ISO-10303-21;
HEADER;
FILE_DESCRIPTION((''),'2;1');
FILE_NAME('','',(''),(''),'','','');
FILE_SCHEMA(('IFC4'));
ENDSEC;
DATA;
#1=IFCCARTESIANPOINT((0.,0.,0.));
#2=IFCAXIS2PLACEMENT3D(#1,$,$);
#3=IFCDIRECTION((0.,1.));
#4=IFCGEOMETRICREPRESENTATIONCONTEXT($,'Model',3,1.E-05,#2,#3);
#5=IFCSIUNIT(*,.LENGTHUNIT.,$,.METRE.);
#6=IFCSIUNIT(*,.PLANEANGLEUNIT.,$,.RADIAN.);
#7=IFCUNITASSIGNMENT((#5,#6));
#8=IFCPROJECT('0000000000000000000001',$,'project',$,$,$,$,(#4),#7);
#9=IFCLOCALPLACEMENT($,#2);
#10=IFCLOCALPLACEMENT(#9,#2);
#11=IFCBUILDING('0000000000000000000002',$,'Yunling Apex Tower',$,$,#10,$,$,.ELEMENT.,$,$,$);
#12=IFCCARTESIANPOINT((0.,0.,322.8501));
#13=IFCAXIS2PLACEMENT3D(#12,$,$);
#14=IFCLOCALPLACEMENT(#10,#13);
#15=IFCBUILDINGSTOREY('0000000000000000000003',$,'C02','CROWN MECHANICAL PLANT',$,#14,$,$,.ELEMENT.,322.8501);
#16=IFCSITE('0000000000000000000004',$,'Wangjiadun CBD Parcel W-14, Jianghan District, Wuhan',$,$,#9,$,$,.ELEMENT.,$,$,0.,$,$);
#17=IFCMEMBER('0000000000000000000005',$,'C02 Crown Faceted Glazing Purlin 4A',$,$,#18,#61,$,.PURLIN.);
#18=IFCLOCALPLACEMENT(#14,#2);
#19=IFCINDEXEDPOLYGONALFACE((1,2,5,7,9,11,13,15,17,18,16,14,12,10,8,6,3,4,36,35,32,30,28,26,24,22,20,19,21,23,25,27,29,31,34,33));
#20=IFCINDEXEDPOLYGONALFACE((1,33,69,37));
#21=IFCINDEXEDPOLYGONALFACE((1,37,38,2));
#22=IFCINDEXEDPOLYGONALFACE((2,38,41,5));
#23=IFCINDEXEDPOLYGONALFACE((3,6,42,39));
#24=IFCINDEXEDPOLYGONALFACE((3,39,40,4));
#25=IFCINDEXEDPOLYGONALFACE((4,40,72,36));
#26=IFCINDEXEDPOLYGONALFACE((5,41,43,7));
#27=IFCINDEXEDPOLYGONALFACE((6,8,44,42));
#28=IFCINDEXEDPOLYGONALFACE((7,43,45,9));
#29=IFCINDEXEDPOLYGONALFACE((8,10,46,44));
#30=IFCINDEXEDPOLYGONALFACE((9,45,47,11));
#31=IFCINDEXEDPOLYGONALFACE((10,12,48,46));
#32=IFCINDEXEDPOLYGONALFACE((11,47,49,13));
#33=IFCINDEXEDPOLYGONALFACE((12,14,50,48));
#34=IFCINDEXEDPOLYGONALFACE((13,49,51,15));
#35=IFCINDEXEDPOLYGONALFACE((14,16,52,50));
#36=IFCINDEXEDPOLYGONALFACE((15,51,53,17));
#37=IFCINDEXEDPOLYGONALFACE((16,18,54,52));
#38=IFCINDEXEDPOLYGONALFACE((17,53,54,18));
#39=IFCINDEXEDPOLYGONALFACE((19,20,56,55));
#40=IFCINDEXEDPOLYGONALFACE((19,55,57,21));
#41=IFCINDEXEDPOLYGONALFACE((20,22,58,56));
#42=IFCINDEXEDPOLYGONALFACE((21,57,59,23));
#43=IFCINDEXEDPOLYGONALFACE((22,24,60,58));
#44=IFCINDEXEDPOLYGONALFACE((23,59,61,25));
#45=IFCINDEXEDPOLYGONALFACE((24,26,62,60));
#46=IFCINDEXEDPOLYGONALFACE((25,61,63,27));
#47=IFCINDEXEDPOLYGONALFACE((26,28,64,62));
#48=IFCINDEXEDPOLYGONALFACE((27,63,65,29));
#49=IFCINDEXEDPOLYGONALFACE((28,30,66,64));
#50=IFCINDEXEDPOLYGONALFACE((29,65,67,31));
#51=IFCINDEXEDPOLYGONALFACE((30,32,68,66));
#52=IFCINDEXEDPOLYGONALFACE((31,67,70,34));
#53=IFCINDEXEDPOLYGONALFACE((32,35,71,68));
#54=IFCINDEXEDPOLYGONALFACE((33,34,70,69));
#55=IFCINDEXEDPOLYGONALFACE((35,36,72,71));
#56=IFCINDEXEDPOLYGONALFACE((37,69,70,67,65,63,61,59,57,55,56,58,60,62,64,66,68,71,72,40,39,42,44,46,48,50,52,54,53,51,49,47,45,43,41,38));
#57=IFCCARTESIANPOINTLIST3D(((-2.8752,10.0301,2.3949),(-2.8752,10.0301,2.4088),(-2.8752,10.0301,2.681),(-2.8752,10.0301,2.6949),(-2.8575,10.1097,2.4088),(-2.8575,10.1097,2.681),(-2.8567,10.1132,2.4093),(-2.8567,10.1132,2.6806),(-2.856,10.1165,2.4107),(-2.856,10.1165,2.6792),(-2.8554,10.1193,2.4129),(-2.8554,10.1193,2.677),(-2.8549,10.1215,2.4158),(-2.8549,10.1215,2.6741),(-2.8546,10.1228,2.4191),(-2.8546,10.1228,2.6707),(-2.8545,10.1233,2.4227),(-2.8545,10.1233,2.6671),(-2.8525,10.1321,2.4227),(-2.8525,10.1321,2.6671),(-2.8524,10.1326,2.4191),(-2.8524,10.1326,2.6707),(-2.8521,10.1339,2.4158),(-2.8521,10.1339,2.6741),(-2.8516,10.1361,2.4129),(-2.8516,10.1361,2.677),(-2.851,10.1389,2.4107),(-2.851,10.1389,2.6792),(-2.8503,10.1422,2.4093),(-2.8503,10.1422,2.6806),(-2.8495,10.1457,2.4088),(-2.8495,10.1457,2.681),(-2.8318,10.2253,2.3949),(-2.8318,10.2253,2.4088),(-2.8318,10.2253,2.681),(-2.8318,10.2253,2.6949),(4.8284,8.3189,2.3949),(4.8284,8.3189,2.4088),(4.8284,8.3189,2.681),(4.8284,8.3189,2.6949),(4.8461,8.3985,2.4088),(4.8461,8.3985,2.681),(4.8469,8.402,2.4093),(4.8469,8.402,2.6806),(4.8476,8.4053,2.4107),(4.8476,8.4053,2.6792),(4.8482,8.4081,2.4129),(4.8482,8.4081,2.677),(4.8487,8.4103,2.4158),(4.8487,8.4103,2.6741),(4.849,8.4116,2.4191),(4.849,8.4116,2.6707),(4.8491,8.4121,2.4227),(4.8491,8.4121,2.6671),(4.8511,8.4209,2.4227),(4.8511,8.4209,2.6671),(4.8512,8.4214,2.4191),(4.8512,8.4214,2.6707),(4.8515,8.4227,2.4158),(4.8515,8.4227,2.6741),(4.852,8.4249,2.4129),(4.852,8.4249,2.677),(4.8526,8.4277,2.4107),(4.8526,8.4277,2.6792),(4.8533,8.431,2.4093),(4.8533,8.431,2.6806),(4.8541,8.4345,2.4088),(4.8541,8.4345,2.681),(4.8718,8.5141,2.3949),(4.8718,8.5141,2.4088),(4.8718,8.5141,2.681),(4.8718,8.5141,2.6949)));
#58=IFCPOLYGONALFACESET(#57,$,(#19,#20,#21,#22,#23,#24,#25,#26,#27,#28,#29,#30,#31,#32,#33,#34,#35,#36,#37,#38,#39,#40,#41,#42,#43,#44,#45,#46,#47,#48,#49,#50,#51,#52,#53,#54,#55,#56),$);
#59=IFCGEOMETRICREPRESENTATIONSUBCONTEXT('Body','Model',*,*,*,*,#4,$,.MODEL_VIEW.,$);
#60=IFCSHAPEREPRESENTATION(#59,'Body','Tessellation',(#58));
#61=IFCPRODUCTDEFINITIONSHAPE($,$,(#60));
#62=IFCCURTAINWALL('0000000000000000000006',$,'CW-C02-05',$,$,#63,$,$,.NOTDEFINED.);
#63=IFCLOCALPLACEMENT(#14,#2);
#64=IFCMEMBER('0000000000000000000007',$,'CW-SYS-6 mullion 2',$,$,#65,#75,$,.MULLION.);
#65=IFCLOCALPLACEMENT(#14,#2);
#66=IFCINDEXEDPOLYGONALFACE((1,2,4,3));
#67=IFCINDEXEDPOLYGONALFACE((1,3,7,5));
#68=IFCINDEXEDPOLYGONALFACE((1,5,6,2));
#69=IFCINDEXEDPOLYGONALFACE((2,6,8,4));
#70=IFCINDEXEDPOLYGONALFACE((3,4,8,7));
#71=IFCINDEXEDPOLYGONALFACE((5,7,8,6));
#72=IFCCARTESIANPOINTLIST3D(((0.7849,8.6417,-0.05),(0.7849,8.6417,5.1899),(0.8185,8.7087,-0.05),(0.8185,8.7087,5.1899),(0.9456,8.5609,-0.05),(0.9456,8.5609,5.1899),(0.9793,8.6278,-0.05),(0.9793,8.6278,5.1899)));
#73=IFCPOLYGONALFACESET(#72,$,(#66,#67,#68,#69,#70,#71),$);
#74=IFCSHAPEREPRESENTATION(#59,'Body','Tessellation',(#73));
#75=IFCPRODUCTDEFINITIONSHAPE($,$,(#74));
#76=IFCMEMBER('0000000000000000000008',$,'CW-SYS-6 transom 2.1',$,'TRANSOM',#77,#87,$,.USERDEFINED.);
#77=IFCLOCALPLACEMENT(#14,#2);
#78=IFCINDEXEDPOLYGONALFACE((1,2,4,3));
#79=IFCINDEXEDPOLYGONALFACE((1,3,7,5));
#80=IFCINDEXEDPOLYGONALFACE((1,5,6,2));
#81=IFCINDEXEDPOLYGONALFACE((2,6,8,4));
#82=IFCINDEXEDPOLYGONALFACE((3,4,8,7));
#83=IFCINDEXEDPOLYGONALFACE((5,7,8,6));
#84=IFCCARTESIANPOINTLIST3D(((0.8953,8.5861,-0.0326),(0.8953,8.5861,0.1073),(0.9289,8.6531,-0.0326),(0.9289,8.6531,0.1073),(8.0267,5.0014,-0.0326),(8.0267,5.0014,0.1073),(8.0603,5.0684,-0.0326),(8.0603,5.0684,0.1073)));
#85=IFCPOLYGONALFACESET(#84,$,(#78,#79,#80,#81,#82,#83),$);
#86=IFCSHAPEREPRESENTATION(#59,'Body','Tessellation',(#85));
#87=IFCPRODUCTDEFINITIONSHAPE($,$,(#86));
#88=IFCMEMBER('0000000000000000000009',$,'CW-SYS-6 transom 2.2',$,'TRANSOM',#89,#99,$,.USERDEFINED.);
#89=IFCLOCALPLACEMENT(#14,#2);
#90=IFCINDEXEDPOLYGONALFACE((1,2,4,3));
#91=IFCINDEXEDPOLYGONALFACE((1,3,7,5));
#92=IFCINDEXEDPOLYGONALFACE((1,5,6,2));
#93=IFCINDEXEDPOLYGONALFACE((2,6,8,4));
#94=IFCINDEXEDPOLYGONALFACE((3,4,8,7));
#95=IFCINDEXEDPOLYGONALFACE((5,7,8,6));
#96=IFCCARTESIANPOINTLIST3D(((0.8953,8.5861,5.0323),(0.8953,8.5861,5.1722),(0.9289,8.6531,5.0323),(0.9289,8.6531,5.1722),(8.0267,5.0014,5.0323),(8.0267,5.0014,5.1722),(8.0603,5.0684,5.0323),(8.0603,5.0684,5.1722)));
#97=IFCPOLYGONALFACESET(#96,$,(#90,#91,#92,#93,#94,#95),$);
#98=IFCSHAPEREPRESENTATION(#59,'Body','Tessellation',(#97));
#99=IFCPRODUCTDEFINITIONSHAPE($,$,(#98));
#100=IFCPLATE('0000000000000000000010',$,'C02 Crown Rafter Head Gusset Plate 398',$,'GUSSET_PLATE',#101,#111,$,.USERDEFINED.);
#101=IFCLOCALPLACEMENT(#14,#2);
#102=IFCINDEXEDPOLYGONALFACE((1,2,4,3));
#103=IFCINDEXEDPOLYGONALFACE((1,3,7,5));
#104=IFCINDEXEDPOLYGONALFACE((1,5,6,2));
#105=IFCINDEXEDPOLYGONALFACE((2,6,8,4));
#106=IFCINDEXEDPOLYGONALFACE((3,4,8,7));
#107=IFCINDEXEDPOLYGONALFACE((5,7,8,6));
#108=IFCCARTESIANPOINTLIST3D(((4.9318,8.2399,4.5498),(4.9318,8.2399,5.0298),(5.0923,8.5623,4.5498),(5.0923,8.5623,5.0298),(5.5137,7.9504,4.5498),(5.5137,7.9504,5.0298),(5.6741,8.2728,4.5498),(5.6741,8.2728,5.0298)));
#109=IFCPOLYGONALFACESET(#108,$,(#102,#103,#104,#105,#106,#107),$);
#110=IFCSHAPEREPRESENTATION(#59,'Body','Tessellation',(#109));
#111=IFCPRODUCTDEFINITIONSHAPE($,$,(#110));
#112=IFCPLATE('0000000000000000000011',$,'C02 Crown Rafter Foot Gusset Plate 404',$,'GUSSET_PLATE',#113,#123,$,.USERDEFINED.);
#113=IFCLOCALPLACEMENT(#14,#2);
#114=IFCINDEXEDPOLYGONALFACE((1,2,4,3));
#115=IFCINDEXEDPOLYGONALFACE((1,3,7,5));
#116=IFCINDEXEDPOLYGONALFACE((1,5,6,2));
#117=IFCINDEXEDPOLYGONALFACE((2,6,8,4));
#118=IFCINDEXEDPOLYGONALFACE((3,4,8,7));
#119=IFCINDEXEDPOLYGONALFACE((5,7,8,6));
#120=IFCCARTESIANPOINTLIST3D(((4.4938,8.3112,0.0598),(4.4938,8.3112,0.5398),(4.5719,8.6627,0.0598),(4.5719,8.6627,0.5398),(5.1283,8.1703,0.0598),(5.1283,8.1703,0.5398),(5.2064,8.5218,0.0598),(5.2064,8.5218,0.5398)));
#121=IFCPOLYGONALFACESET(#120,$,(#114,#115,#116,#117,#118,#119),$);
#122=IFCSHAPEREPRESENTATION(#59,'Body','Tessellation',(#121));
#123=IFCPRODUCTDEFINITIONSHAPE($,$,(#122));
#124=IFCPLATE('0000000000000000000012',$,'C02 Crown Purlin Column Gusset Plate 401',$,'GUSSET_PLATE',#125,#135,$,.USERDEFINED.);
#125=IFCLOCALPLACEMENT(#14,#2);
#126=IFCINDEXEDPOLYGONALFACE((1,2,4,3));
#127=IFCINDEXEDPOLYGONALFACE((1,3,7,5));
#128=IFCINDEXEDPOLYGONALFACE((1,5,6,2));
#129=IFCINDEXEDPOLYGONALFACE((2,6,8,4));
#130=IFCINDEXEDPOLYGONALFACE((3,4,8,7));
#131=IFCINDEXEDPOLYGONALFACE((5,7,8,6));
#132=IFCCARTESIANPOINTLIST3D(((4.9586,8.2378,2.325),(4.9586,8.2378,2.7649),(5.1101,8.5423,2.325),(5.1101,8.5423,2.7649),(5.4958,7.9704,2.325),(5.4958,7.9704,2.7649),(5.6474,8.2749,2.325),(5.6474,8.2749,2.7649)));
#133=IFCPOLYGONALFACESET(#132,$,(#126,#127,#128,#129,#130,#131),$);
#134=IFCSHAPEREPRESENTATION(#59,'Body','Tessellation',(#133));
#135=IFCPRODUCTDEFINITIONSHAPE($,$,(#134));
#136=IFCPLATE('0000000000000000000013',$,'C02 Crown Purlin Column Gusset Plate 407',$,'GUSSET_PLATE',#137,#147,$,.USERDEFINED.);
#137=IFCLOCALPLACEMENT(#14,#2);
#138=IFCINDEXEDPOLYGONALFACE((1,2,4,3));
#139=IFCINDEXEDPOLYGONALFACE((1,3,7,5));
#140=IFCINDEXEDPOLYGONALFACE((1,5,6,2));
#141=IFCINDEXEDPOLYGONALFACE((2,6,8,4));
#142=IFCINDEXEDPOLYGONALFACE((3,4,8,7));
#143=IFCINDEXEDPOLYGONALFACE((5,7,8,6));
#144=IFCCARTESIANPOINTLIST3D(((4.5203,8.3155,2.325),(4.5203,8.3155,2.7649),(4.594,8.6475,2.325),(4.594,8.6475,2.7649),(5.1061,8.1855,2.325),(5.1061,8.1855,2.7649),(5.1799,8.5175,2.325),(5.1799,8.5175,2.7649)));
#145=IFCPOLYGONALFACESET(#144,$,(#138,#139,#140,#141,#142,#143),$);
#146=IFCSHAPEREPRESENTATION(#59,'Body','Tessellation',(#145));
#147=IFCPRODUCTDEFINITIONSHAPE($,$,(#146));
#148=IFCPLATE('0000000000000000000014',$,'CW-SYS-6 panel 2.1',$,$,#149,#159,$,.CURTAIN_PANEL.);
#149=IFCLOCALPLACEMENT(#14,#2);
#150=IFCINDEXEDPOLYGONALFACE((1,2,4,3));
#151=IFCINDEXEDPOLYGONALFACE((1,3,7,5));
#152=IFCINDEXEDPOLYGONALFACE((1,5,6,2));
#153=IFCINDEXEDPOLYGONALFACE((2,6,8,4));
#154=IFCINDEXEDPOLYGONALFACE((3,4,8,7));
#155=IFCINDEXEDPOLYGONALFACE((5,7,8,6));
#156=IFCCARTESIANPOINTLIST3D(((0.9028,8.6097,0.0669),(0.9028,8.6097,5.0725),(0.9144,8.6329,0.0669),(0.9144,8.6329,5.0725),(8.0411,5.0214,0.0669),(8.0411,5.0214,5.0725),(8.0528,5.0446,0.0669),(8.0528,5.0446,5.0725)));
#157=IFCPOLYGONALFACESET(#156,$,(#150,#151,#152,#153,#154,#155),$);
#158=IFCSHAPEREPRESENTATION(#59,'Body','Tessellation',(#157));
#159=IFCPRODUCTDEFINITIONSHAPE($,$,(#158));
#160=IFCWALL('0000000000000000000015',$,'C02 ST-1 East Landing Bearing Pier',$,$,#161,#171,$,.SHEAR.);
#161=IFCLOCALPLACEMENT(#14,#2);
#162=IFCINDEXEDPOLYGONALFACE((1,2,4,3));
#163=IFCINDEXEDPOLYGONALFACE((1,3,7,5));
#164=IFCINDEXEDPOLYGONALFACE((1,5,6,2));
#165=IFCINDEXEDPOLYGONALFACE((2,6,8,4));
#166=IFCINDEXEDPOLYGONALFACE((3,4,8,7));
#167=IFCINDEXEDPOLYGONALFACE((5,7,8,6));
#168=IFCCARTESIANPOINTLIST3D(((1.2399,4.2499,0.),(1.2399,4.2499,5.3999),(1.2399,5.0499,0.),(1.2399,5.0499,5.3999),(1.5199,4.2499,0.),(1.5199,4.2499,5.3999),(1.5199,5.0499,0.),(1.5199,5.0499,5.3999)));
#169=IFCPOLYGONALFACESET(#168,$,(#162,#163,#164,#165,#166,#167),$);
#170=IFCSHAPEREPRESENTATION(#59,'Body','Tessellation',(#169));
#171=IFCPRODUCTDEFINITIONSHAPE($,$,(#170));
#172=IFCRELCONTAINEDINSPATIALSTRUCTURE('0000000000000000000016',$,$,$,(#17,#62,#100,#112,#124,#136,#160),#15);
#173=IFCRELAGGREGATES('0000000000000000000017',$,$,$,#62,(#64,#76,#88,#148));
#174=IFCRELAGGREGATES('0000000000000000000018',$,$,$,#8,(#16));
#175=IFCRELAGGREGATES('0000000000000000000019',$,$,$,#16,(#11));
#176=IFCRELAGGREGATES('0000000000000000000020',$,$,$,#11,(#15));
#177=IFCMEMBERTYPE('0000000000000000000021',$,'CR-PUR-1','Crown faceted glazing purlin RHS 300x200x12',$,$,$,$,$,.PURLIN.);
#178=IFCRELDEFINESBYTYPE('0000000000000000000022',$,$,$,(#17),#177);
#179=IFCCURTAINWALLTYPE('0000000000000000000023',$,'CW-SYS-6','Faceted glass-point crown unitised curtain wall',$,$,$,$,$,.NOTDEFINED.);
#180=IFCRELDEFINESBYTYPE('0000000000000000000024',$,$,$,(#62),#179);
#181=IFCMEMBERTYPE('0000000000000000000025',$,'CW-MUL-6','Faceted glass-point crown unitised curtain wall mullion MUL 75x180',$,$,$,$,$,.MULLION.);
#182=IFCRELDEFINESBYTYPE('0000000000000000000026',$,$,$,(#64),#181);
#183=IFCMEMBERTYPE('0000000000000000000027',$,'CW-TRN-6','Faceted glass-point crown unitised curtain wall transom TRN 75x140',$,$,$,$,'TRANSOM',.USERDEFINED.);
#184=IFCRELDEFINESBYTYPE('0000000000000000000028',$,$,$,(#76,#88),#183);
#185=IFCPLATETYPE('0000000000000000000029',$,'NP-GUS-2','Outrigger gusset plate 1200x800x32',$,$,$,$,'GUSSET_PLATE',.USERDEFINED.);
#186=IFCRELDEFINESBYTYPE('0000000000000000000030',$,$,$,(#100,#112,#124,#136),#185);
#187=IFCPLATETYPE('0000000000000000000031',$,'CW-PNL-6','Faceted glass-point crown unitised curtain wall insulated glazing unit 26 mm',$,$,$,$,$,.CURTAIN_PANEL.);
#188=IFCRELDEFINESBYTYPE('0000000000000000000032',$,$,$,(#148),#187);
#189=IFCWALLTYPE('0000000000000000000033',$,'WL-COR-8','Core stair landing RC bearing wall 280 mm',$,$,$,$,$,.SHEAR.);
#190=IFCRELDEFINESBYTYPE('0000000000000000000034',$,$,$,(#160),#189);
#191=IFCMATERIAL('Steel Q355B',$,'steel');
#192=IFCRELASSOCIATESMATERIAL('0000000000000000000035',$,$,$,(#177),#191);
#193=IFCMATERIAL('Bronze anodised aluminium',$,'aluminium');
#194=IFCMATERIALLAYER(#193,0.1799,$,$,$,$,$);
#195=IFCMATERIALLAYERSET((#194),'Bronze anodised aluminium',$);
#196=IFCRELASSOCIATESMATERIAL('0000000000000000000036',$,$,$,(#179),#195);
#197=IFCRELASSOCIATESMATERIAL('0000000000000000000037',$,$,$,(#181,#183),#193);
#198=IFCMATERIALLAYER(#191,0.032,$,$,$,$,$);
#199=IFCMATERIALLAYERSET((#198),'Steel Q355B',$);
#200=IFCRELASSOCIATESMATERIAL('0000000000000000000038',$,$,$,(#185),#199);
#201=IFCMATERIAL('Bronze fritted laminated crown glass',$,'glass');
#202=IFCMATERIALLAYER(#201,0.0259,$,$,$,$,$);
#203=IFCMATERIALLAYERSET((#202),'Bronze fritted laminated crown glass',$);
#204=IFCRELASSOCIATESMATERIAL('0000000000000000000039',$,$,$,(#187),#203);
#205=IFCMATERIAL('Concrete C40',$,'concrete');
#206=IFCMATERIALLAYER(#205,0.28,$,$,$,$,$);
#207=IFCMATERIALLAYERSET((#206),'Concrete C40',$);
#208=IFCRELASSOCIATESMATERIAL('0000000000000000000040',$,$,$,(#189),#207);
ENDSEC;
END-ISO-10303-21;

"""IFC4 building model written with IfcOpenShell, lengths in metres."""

from ifc_helpers import new_model, si_unit, direction, frame, frame_2d, origin, origin_2d, place, context, subcontext, project, spatial, rectangle, i_section, extrude, source, transform, mapped, material, layer, layer_set, material_profile, profile_set, type_object, element, aggregate, save


model = new_model("IFC4")

# Units and contexts
model_context = context("Model", 3, precision=1e-05, world=origin(), true_north=direction((0.0, 1.0)))
body_context = subcontext(model_context, "Body", "Model", "MODEL_VIEW")
ifc_project = project(units=[si_unit("LENGTHUNIT", "METRE"), si_unit("PLANEANGLEUNIT", "RADIAN")], contexts=[model_context])

# Site, building, storey
site_placement = place(None, origin())
site = spatial("IfcSite", under=ifc_project, at=site_placement, Name="Wangjiadun CBD Parcel W-14, Jianghan District, Wuhan", CompositionType="ELEMENT", RefElevation=0.0)
building_placement = place(site_placement, origin())
building = spatial("IfcBuilding", under=site, at=building_placement, Name="Yunling Apex Tower", CompositionType="ELEMENT")
storey_placement = place(building_placement, frame((0.0, 0.0, 322.8501)))
storey = spatial("IfcBuildingStorey", under=building, at=storey_placement, Name="C02", Description="CROWN MECHANICAL PLANT", CompositionType="ELEMENT", Elevation=322.8501)

# Shared definitions
ifc_material_1 = material(Name="Steel Q355B", Category="steel")

# Member
ifc_material_profile_1 = material_profile(ifc_material_1, i_section(OverallWidth=0.2, OverallDepth=0.3, WebThickness=0.009, FlangeThickness=0.0139, FilletRadius=0.0139, at=origin_2d()))
ifc_profile_set_1 = profile_set([ifc_material_profile_1], Name="Steel Q355B")
member_type_1 = type_object("IfcMemberType", Name="CR-PUR-1", Description="Crown faceted glazing purlin RHS 300x200x12", PredefinedType="PURLIN", material=ifc_profile_set_1)
shared_shape_1 = source(origin(), body_context, "Body", "SweptSolid", [
    extrude(i_section(OverallWidth=0.2, OverallDepth=0.3, WebThickness=0.009, FlangeThickness=0.0139, FilletRadius=0.0139, at=origin_2d()), origin(), (0.0, 0.0, 1.0), 7.8914),
])
member_1_placement = place(storey_placement, frame((4.8501, 8.4165, 2.5449), z_axis=(-0.976207, 0.216842, 0.0), x_axis=(-0.216842, -0.976207, 0.0)))
element("IfcMember", 1, at=member_1_placement, inside=storey, type_object=member_type_1, Name="C02 Crown Faceted Glazing Purlin 4A", PredefinedType="PURLIN", context=body_context, shape_type="MappedRepresentation", body=[
    mapped(shared_shape_1, transform((0.0, 0.0, 0.0), scale=1.0)),
])

# Curtain wall, members
ifc_material_2 = material(Name="Bronze anodised aluminium", Category="aluminium")
ifc_layer_1 = layer(ifc_material_2, 0.1799)
ifc_layer_set_1 = layer_set([ifc_layer_1], Name="Bronze anodised aluminium")
curtain_wall_type = type_object("IfcCurtainWallType", Name="CW-SYS-6", Description="Faceted glass-point crown unitised curtain wall", PredefinedType="NOTDEFINED", material=ifc_layer_set_1)
curtain_wall_placement = place(storey_placement, origin())
curtain_wall = element("IfcCurtainWall", 2, at=curtain_wall_placement, inside=storey, type_object=curtain_wall_type, Name="CW-C02-05", PredefinedType="NOTDEFINED")
ifc_material_profile_2 = material_profile(ifc_material_2, rectangle(XDim=0.075, YDim=0.1799, at=origin_2d()))
ifc_profile_set_2 = profile_set([ifc_material_profile_2], Name="Bronze anodised aluminium")
member_type_2 = type_object("IfcMemberType", Name="CW-MUL-6", Description="Faceted glass-point crown unitised curtain wall mullion MUL 75x180", PredefinedType="MULLION", material=ifc_profile_set_2)
shared_shape_2 = source(origin(), body_context, "Body", "SweptSolid", [
    extrude(rectangle(XDim=0.075, YDim=0.1799, at=origin_2d()), origin(), (0.0, 0.0, 1.0), 5.24),
])
member_2_placement = place(storey_placement, frame((0.8821, 8.6348, -0.05), z_axis=(0.0, 0.0, 1.0), x_axis=(0.449129, 0.893467, 0.0)))
member_2 = element("IfcMember", 3, at=member_2_placement, type_object=member_type_2, Name="CW-SYS-6 mullion 2", PredefinedType="MULLION", context=body_context, shape_type="MappedRepresentation", body=[
    mapped(shared_shape_2, transform((0.0, 0.0, 0.0), scale=1.0)),
])
ifc_material_profile_3 = material_profile(ifc_material_2, rectangle(XDim=0.075, YDim=0.1399, at=origin_2d()))
ifc_profile_set_3 = profile_set([ifc_material_profile_3], Name="Bronze anodised aluminium")
member_type_3 = type_object("IfcMemberType", Name="CW-TRN-6", Description="Faceted glass-point crown unitised curtain wall transom TRN 75x140", ElementType="TRANSOM", PredefinedType="USERDEFINED", material=ifc_profile_set_3)
shared_shape_3 = source(origin(), body_context, "Body", "SweptSolid", [
    extrude(rectangle(XDim=0.075, YDim=0.1399, at=origin_2d()), origin(), (0.0, 0.0, 1.0), 7.9817),
])
member_3_placement = place(storey_placement, frame((0.9121, 8.6196, 0.0374), z_axis=(0.893471, -0.449121, 0.0), x_axis=(0.449121, 0.893471, 0.0)))
member_3 = element("IfcMember", 4, at=member_3_placement, type_object=member_type_3, Name="CW-SYS-6 transom 2.1", ObjectType="TRANSOM", PredefinedType="USERDEFINED", context=body_context, shape_type="MappedRepresentation", body=[
    mapped(shared_shape_3, transform((0.0, 0.0, 0.0), scale=1.0)),
])
member_4_placement = place(storey_placement, frame((0.9121, 8.6196, 5.1023), z_axis=(0.893471, -0.449121, 0.0), x_axis=(0.449121, 0.893471, 0.0)))
member_4 = element("IfcMember", 5, at=member_4_placement, type_object=member_type_3, Name="CW-SYS-6 transom 2.2", ObjectType="TRANSOM", PredefinedType="USERDEFINED", context=body_context, shape_type="MappedRepresentation", body=[
    mapped(shared_shape_3, transform((0.0, 0.0, 0.0), scale=1.0)),
])

# Plates
ifc_layer_2 = layer(ifc_material_1, 0.032)
ifc_layer_set_2 = layer_set([ifc_layer_2], Name="Steel Q355B")
plate_type_1 = type_object("IfcPlateType", Name="NP-GUS-2", Description="Outrigger gusset plate 1200x800x32", ElementType="GUSSET_PLATE", PredefinedType="USERDEFINED", material=ifc_layer_set_2)
shared_shape_4 = source(origin(), body_context, "Body", "SweptSolid", [
    extrude(rectangle(XDim=0.6499, YDim=0.3601, at=origin_2d()), origin(), (0.0, 0.0, 1.0), 0.48),
])
for number, where, z_axis, x_axis, name in (
    (6, (5.303, 8.2563, 4.5498), (0.0, 0.0, 1.0), (-0.895246, 0.445573, 0.0), "C02 Crown Rafter Head Gusset Plate 398"),
    (7, (4.8501, 8.4165, 0.0598), (0.0, 0.0, 1.0), (-0.97622, 0.21678, 0.0), "C02 Crown Rafter Foot Gusset Plate 404"),
):
    element("IfcPlate", number, at=place(storey_placement, frame(where, z_axis=z_axis, x_axis=x_axis)), inside=storey, type_object=plate_type_1, Name=name, ObjectType="GUSSET_PLATE", PredefinedType="USERDEFINED", context=body_context, shape_type="MappedRepresentation", body=[
        mapped(shared_shape_4, transform((0.0, 0.0, 0.0), scale=1.0)),
    ])
shared_shape_5 = source(origin(), body_context, "Body", "SweptSolid", [
    extrude(rectangle(XDim=0.6001, YDim=0.3401, at=origin_2d()), origin(), (0.0, 0.0, 1.0), 0.4399),
])
for number, where, z_axis, x_axis, name in (
    (8, (5.303, 8.2563, 2.325), (0.0, 0.0, 1.0), (-0.895246, 0.445573, 0.0), "C02 Crown Purlin Column Gusset Plate 401"),
    (9, (4.8501, 8.4165, 2.325), (0.0, 0.0, 1.0), (-0.97622, 0.21678, 0.0), "C02 Crown Purlin Column Gusset Plate 407"),
):
    element("IfcPlate", number, at=place(storey_placement, frame(where, z_axis=z_axis, x_axis=x_axis)), inside=storey, type_object=plate_type_1, Name=name, ObjectType="GUSSET_PLATE", PredefinedType="USERDEFINED", context=body_context, shape_type="MappedRepresentation", body=[
        mapped(shared_shape_5, transform((0.0, 0.0, 0.0), scale=1.0)),
    ])

# Plate
ifc_material_3 = material(Name="Bronze fritted laminated crown glass", Category="glass")
ifc_layer_3 = layer(ifc_material_3, 0.0259)
ifc_layer_set_3 = layer_set([ifc_layer_3], Name="Bronze fritted laminated crown glass")
plate_type_2 = type_object("IfcPlateType", Name="CW-PNL-6", Description="Faceted glass-point crown unitised curtain wall insulated glazing unit 26 mm", PredefinedType="CURTAIN_PANEL", material=ifc_layer_set_3)
shared_shape_6 = source(origin(), body_context, "Body", "SweptSolid", [
    extrude(rectangle(XDim=7.9895, YDim=0.0259, at=origin_2d()), origin(), (0.0, 0.0, 1.0), 5.0056),
])
plate_placement = place(storey_placement, frame((4.4778, 6.8271, 0.0669), z_axis=(0.0, 0.0, 1.0), x_axis=(0.893467, -0.449129, 0.0)))
plate = element("IfcPlate", 10, at=plate_placement, type_object=plate_type_2, Name="CW-SYS-6 panel 2.1", PredefinedType="CURTAIN_PANEL", context=body_context, shape_type="MappedRepresentation", body=[
    mapped(shared_shape_6, transform((0.0, 0.0, 0.0), scale=1.0)),
])
aggregate(curtain_wall, [member_2, member_3, member_4, plate])

# Wall
ifc_material_4 = material(Name="Concrete C40", Category="concrete")
ifc_layer_4 = layer(ifc_material_4, 0.28)
ifc_layer_set_4 = layer_set([ifc_layer_4], Name="Concrete C40")
wall_type_1 = type_object("IfcWallType", Name="WL-COR-8", Description="Core stair landing RC bearing wall 280 mm", PredefinedType="SHEAR", material=ifc_layer_set_4)
wall_1_placement = place(storey_placement, frame((1.3799, 4.25, 0.0), z_axis=(0.0, 0.0, 1.0), x_axis=(0.0, 1.0, 0.0)))
element("IfcWall", 11, at=wall_1_placement, inside=storey, type_object=wall_type_1, Name="C02 ST-1 East Landing Bearing Pier", PredefinedType="SHEAR", context=body_context, shape_type="SweptSolid", body=[
    extrude(rectangle(XDim=0.8, YDim=0.28, at=frame_2d((0.3999, 0.0))), origin(), (0.0, 0.0, 1.0), 5.3999),
])

save(model, "model.ifc")
